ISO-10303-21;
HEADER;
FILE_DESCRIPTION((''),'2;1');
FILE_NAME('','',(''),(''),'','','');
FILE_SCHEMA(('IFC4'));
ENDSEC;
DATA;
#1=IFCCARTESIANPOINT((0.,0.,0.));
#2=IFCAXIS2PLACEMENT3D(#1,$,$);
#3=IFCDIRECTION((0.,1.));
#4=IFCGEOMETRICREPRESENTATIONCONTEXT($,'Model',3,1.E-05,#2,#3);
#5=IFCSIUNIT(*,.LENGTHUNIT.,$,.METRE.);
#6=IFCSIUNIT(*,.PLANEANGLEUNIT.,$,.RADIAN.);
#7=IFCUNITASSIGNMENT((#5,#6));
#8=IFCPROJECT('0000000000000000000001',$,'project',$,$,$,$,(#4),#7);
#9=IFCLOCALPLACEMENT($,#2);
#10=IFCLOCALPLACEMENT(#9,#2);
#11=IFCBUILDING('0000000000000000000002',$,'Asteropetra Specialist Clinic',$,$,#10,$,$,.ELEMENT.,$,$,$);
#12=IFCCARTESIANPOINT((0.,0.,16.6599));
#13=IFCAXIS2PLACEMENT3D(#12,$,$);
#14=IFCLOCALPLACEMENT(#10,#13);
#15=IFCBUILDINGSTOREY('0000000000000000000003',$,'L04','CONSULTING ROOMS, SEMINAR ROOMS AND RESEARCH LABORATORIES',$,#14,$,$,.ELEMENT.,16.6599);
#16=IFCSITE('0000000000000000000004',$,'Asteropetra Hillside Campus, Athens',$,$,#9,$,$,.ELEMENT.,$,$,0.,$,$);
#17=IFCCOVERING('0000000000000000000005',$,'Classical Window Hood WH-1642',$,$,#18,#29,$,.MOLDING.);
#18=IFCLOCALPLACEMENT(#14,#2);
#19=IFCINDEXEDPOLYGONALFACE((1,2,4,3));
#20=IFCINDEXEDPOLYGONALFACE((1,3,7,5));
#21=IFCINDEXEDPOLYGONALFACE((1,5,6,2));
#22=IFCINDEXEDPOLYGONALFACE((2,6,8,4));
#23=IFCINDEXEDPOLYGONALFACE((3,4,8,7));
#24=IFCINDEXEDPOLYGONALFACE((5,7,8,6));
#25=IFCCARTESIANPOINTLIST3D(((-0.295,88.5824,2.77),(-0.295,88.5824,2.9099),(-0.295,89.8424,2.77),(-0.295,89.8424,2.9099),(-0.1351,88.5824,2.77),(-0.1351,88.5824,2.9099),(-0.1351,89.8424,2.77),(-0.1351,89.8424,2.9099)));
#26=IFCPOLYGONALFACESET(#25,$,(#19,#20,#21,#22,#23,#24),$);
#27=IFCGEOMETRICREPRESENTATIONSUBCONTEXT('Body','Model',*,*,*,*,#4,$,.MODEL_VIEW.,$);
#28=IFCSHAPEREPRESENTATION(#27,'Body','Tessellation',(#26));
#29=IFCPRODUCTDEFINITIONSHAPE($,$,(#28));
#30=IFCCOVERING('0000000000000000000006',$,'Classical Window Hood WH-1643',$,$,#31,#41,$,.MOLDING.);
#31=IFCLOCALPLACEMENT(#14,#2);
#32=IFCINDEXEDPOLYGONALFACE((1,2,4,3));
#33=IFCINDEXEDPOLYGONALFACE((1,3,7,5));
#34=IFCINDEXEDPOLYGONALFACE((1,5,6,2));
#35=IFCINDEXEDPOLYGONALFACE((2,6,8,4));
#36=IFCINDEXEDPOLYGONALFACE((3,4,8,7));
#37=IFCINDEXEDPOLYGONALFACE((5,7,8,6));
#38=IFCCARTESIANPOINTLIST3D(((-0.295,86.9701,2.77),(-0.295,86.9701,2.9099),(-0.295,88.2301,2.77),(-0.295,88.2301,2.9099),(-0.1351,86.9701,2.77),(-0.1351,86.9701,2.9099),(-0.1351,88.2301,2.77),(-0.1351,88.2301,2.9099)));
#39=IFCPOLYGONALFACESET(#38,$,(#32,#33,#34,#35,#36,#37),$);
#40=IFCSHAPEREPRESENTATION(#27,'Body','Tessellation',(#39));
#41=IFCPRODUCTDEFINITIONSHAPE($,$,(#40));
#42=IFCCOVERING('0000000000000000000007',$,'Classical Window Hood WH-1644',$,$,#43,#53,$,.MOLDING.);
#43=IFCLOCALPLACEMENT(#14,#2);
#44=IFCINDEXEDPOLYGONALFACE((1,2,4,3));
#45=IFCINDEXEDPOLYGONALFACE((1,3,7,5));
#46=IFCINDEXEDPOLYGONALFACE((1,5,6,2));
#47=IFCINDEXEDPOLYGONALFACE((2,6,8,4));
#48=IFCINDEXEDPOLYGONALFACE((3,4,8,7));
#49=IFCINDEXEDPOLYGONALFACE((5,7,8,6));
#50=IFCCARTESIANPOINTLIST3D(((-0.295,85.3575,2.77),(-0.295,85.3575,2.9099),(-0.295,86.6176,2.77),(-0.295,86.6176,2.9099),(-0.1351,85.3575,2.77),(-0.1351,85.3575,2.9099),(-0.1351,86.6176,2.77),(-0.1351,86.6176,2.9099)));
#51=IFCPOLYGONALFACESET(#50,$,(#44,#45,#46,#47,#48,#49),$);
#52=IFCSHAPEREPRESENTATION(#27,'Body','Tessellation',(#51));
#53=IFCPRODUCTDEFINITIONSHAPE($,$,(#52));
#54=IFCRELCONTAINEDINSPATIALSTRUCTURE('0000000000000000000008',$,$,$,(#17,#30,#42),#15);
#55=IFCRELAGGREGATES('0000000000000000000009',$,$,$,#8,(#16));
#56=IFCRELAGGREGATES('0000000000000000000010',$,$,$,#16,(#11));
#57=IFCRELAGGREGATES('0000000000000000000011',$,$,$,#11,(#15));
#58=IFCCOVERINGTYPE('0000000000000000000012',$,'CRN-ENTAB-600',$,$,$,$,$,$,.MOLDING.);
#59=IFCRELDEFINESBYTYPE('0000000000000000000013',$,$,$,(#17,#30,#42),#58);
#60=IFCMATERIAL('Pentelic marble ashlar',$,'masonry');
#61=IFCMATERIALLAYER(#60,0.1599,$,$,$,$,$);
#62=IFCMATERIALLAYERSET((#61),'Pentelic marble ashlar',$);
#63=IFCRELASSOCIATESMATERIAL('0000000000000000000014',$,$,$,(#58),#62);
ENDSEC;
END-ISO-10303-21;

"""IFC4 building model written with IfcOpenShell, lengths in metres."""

from ifc_helpers import new_model, si_unit, direction, frame, origin, origin_2d, place, context, subcontext, project, spatial, rectangle, extrude, material, layer, layer_set, type_object, element, save


model = new_model("IFC4")

# Units and contexts
model_context = context("Model", 3, precision=1e-05, world=origin(), true_north=direction((0.0, 1.0)))
body_context = subcontext(model_context, "Body", "Model", "MODEL_VIEW")
ifc_project = project(units=[si_unit("LENGTHUNIT", "METRE"), si_unit("PLANEANGLEUNIT", "RADIAN")], contexts=[model_context])

# Site, building, storey
site_placement = place(None, origin())
site = spatial("IfcSite", under=ifc_project, at=site_placement, Name="Asteropetra Hillside Campus, Athens", CompositionType="ELEMENT", RefElevation=0.0)
building_placement = place(site_placement, origin())
building = spatial("IfcBuilding", under=site, at=building_placement, Name="Asteropetra Specialist Clinic", CompositionType="ELEMENT")
storey_placement = place(building_placement, frame((0.0, 0.0, 16.6599)))
storey = spatial("IfcBuildingStorey", under=building, at=storey_placement, Name="L04", Description="CONSULTING ROOMS, SEMINAR ROOMS AND RESEARCH LABORATORIES", CompositionType="ELEMENT", Elevation=16.6599)

# Coverings
ifc_material_1 = material(Name="Pentelic marble ashlar", Category="masonry")
ifc_layer_1 = layer(ifc_material_1, 0.1599)
ifc_layer_set_1 = layer_set([ifc_layer_1], Name="Pentelic marble ashlar")
covering_type_1 = type_object("IfcCoveringType", Name="CRN-ENTAB-600", PredefinedType="MOLDING", material=ifc_layer_set_1)
for number, where, z_axis, x_axis, name in (
    (1, (-0.2151, 89.2124, 2.77), (0.0, 0.0, 1.0), (1.0, 0.0, 0.0), "Classical Window Hood WH-1642"),
    (2, (-0.2151, 87.6001, 2.77), (0.0, 0.0, 1.0), (1.0, 0.0, 0.0), "Classical Window Hood WH-1643"),
    (3, (-0.2151, 85.9875, 2.77), (0.0, 0.0, 1.0), (1.0, 0.0, 0.0), "Classical Window Hood WH-1644"),
):
    element("IfcCovering", number, at=place(storey_placement, frame(where, z_axis=z_axis, x_axis=x_axis)), inside=storey, type_object=covering_type_1, Name=name, PredefinedType="MOLDING", context=body_context, shape_type="SweptSolid", body=[
        extrude(rectangle(XDim=0.1599, YDim=1.26, at=origin_2d()), origin(), (0.0, 0.0, 1.0), 0.1399),
    ])

save(model, "model.ifc")
